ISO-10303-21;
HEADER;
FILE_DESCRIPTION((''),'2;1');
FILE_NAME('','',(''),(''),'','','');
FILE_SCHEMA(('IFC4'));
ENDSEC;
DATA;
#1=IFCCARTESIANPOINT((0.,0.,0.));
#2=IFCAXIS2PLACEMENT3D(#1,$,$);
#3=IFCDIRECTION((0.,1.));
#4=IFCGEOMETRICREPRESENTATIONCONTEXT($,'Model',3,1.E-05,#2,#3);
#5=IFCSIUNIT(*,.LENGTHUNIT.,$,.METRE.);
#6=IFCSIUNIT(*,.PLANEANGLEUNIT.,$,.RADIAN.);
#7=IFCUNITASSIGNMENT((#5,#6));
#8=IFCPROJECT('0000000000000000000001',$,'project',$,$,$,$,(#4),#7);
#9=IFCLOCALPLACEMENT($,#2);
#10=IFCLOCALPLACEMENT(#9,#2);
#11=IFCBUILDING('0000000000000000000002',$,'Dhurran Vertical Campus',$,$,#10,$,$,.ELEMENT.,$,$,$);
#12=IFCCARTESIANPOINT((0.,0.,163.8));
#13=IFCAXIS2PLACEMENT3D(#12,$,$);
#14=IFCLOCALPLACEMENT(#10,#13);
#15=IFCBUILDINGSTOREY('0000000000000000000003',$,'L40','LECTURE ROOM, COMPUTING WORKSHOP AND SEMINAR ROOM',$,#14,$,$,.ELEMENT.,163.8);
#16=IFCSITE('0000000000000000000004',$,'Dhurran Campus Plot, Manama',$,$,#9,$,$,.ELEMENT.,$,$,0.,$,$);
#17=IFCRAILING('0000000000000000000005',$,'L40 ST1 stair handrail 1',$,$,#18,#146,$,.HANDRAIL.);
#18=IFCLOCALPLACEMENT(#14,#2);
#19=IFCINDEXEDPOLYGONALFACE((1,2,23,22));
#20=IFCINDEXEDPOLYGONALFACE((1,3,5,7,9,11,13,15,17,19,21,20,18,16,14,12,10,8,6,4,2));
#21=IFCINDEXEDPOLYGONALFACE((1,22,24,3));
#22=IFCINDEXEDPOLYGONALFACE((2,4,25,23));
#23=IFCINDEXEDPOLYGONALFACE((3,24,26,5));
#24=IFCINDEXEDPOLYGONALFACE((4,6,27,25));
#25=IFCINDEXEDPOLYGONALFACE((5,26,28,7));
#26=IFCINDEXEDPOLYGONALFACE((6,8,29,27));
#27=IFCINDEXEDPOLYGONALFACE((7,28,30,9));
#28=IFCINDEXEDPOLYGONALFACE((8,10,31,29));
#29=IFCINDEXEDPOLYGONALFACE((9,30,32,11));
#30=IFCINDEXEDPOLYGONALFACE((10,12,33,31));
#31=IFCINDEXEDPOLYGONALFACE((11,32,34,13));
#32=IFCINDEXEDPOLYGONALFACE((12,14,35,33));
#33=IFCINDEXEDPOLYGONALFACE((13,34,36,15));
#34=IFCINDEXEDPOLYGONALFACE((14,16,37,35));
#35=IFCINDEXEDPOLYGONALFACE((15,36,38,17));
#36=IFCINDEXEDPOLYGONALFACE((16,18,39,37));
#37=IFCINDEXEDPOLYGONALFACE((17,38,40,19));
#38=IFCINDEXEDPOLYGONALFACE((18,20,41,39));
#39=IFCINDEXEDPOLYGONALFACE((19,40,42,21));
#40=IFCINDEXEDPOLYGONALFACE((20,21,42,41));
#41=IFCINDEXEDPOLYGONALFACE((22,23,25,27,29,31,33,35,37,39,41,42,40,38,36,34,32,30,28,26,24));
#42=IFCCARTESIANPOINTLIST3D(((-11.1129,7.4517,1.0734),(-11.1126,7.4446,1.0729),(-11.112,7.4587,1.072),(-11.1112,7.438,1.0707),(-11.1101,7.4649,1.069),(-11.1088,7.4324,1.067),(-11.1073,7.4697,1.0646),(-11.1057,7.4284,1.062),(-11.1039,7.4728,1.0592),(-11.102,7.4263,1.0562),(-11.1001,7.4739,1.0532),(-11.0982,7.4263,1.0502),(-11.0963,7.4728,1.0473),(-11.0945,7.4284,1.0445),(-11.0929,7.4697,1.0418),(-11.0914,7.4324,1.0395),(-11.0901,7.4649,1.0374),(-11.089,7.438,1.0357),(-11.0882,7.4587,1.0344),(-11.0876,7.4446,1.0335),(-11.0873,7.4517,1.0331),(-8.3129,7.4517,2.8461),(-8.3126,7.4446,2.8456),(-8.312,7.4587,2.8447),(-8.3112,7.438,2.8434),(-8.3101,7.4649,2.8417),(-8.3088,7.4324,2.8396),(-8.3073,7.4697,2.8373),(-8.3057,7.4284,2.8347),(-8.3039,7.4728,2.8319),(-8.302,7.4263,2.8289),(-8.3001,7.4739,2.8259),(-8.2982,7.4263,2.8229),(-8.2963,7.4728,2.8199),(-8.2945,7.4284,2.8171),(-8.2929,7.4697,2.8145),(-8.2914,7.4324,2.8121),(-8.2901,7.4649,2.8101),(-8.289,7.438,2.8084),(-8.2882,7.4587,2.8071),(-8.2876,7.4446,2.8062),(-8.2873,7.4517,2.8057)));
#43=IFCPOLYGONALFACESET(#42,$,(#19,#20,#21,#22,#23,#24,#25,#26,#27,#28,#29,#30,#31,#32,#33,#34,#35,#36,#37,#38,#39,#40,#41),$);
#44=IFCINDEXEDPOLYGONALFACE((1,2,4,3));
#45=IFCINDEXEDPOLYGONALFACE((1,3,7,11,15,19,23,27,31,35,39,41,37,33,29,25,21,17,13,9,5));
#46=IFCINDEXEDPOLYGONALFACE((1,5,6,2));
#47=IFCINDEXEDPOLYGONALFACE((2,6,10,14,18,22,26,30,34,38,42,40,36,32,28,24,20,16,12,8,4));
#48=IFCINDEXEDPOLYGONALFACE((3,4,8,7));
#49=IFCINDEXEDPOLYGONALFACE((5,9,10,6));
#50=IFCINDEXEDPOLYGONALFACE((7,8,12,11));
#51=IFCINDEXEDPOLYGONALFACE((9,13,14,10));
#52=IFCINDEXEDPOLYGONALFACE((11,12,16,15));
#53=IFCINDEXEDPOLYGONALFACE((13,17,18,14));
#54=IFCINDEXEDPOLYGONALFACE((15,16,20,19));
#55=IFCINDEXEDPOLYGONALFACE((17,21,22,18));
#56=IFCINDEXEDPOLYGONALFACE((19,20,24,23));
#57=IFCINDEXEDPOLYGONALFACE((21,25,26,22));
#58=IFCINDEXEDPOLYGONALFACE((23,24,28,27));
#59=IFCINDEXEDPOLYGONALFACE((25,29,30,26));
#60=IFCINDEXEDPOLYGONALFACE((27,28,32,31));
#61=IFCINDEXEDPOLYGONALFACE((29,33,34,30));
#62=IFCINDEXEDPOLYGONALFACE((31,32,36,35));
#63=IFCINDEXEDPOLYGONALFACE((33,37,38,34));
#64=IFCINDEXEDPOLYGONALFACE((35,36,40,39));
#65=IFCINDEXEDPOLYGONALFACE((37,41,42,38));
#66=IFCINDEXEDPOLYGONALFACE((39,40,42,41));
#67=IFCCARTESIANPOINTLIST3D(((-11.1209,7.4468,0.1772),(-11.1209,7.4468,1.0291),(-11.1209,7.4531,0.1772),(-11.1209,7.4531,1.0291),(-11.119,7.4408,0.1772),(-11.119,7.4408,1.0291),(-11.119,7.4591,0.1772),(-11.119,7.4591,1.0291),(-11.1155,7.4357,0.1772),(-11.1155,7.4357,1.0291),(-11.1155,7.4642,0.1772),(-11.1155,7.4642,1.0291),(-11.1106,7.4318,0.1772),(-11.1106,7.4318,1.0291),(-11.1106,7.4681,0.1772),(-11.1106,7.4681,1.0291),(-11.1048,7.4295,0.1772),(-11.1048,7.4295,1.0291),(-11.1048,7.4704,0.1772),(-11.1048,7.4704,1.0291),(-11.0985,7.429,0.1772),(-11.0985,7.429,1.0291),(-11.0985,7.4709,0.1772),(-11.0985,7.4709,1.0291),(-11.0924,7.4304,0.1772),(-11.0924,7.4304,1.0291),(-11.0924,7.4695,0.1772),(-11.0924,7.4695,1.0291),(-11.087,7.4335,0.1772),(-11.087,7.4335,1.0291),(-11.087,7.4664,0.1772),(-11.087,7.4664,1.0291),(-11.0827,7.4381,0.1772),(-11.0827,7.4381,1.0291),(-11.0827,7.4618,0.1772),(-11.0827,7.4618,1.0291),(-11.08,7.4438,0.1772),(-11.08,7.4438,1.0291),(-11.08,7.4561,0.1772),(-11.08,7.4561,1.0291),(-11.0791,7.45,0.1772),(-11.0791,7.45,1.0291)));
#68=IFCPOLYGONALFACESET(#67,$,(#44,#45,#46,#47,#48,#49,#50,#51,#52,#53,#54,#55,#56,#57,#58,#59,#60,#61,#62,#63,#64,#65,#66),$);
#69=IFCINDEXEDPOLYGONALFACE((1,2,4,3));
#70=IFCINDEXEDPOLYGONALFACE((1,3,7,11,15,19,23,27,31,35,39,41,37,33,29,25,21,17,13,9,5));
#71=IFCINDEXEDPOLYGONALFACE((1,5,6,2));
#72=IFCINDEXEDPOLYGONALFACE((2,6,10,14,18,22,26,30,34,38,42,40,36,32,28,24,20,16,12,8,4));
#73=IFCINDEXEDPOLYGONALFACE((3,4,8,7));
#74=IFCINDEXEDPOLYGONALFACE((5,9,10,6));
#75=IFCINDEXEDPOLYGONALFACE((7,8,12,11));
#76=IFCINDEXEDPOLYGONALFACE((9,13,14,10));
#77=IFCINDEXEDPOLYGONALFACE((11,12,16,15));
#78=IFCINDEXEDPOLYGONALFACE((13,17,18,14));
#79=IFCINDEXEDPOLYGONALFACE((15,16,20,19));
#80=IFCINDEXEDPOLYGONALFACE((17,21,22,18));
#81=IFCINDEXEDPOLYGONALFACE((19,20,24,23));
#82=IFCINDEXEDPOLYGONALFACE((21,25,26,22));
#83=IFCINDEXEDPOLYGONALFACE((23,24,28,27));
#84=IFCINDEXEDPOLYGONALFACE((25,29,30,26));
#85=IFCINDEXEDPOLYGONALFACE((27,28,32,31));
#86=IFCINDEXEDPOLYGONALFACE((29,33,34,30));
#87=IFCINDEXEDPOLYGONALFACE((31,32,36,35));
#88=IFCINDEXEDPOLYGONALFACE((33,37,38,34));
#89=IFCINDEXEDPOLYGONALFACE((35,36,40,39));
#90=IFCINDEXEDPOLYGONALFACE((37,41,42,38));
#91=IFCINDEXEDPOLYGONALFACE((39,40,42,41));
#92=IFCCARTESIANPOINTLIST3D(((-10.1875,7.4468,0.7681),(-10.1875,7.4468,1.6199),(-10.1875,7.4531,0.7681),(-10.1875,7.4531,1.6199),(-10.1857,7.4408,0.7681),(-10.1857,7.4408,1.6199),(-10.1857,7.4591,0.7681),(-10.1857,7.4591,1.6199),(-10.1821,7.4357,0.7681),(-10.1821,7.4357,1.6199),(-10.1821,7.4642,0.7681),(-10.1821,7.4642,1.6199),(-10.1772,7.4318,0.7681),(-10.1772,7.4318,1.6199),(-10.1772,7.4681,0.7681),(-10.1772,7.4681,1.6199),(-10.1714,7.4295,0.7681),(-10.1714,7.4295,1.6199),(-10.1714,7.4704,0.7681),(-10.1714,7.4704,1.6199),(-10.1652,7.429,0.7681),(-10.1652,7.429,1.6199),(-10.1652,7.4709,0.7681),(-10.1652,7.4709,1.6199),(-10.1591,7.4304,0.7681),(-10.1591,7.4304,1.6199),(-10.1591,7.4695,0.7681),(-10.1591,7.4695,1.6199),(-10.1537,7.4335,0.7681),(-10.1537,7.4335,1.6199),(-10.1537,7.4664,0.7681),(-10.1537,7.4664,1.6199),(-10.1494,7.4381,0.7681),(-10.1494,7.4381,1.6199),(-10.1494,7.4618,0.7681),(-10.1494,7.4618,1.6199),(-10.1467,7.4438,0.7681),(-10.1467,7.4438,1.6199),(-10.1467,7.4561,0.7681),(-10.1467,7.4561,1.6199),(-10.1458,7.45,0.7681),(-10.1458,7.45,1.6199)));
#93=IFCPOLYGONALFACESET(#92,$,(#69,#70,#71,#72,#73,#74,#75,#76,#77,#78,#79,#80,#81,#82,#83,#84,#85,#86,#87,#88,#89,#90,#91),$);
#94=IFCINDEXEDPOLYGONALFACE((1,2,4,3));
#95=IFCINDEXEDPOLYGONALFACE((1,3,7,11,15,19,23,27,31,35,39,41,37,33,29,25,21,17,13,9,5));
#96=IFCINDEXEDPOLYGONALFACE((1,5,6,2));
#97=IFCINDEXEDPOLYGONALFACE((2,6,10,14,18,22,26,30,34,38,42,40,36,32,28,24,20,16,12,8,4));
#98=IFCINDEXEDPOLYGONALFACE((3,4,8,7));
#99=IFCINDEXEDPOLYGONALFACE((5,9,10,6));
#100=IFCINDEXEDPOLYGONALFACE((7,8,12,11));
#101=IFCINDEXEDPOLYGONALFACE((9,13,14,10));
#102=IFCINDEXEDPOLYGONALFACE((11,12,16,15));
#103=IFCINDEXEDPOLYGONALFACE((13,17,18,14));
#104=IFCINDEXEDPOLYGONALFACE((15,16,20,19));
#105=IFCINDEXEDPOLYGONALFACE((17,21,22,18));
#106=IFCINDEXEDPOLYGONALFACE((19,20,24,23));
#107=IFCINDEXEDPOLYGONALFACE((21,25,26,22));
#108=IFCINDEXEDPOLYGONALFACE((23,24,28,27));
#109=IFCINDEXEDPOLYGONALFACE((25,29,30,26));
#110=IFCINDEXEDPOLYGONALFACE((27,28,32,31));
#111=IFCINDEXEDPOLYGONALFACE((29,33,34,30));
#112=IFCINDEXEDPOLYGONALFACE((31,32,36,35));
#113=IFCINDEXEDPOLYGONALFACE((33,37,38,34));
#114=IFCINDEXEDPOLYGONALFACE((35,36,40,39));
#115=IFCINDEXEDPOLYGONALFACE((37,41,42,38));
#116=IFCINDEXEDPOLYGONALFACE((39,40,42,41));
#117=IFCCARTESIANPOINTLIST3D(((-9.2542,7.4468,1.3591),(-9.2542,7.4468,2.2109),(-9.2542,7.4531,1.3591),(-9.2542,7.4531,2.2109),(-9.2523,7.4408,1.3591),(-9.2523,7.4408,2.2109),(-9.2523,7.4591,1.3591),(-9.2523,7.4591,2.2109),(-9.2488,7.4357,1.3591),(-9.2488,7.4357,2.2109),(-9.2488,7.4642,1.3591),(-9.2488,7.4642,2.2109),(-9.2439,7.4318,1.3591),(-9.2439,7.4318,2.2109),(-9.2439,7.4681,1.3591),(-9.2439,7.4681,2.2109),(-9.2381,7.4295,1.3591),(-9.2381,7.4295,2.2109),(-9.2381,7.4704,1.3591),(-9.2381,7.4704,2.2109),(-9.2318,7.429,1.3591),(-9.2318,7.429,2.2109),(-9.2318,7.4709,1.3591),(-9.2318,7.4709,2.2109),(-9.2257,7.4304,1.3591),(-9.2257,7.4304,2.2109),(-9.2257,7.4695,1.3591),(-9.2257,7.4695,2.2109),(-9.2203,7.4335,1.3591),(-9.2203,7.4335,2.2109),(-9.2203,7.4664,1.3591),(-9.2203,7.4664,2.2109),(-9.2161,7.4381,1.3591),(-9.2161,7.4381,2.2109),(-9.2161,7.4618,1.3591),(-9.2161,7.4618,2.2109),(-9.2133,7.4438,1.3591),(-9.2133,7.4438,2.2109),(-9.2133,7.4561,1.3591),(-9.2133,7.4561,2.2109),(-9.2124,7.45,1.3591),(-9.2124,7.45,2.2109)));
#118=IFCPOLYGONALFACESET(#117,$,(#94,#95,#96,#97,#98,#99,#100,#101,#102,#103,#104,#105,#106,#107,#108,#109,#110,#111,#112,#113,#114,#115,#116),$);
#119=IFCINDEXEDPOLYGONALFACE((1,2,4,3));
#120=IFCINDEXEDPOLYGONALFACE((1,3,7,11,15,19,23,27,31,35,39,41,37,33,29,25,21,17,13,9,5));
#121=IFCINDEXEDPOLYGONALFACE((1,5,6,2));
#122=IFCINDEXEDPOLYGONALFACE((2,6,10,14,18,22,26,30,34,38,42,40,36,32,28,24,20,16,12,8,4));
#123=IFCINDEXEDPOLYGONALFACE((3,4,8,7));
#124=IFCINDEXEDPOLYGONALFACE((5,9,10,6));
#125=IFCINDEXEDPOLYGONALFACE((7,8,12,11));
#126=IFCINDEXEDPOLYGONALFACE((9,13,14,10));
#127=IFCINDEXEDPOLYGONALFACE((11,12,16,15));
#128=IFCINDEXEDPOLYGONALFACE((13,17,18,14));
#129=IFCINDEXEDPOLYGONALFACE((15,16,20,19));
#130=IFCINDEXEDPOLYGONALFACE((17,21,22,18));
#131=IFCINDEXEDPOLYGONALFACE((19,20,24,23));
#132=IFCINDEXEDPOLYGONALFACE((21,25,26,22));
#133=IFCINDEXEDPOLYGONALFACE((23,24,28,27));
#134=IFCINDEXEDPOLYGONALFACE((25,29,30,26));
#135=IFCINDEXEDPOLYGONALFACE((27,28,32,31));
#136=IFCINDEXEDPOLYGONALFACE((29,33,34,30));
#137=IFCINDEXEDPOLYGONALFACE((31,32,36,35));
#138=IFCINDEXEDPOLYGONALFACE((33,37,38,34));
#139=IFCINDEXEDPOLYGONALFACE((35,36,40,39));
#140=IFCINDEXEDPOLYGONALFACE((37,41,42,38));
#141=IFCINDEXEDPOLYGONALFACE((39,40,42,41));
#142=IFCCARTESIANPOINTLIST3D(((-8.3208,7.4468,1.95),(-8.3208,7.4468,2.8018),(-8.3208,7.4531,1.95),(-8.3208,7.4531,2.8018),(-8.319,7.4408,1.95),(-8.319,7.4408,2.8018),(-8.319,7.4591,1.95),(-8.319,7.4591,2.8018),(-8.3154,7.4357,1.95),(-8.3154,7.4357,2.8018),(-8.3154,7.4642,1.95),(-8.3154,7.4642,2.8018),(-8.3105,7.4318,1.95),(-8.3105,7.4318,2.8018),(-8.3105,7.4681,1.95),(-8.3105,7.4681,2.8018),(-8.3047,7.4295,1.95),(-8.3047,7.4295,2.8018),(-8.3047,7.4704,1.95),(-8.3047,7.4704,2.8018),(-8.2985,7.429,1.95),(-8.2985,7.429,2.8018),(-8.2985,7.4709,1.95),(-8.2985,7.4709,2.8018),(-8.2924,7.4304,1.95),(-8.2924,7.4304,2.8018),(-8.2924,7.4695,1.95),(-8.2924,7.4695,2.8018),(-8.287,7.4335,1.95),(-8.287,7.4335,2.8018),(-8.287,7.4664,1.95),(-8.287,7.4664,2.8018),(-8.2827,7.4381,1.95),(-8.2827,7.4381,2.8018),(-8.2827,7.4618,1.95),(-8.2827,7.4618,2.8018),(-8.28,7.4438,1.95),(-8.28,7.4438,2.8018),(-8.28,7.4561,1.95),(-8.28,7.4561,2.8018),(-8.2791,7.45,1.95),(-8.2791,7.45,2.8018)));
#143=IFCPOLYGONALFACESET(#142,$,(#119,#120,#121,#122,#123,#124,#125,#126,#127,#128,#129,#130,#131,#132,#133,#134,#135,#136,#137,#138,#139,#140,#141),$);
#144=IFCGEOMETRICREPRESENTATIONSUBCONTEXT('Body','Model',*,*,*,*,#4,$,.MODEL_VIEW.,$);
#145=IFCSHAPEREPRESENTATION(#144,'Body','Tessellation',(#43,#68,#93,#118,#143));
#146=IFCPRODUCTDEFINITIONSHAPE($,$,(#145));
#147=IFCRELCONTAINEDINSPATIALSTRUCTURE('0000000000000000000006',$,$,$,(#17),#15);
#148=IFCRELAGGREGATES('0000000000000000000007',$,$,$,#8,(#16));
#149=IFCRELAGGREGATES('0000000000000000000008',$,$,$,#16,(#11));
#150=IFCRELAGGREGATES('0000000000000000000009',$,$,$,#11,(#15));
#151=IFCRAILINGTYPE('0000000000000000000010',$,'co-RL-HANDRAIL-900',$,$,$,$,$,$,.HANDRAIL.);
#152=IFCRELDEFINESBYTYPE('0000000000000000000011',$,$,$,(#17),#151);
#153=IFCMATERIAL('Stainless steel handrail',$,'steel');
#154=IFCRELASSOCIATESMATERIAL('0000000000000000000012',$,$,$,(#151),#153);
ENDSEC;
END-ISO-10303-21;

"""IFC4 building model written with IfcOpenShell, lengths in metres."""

from ifc_helpers import new_model, si_unit, direction, frame, origin, origin_2d, place, context, subcontext, project, spatial, circle, extrude, material, type_object, element, save


model = new_model("IFC4")

# Units and contexts
model_context = context("Model", 3, precision=1e-05, world=origin(), true_north=direction((0.0, 1.0)))
body_context = subcontext(model_context, "Body", "Model", "MODEL_VIEW")
ifc_project = project(units=[si_unit("LENGTHUNIT", "METRE"), si_unit("PLANEANGLEUNIT", "RADIAN")], contexts=[model_context])

# Site, building, storey
site_placement = place(None, origin())
site = spatial("IfcSite", under=ifc_project, at=site_placement, Name="Dhurran Campus Plot, Manama", CompositionType="ELEMENT", RefElevation=0.0)
building_placement = place(site_placement, origin())
building = spatial("IfcBuilding", under=site, at=building_placement, Name="Dhurran Vertical Campus", CompositionType="ELEMENT")
storey_placement = place(building_placement, frame((0.0, 0.0, 163.8)))
storey = spatial("IfcBuildingStorey", under=building, at=storey_placement, Name="L40", Description="LECTURE ROOM, COMPUTING WORKSHOP AND SEMINAR ROOM", CompositionType="ELEMENT", Elevation=163.8)

# Railing
ifc_material_1 = material(Name="Stainless steel handrail", Category="steel")
railing_type_1 = type_object("IfcRailingType", Name="co-RL-HANDRAIL-900", PredefinedType="HANDRAIL", material=ifc_material_1)
railing_1_placement = place(storey_placement, frame((-11.1001, 7.45, 0.1772)))
element("IfcRailing", 1, at=railing_1_placement, inside=storey, type_object=railing_type_1, Name="L40 ST1 stair handrail 1", PredefinedType="HANDRAIL", context=body_context, shape_type="SweptSolid", body=[
    extrude(circle(Radius=0.0239, at=origin_2d()), frame((0.0, 0.0, 0.876), z_axis=(0.844909, 0.0, 0.53491), x_axis=(0.0, 1.0, 0.0)), (0.0, 0.0, 1.0), 3.314),
    extrude(circle(Radius=0.021, at=origin_2d()), origin(), (0.0, 0.0, 1.0), 0.8518),
    extrude(circle(Radius=0.021, at=origin_2d()), frame((0.9333, 0.0, 0.5908)), (0.0, 0.0, 1.0), 0.8518),
    extrude(circle(Radius=0.021, at=origin_2d()), frame((1.8667, 0.0, 1.1819)), (0.0, 0.0, 1.0), 0.8518),
    extrude(circle(Radius=0.021, at=origin_2d()), frame((2.8, 0.0, 1.7727)), (0.0, 0.0, 1.0), 0.8518),
])

save(model, "model.ifc")
